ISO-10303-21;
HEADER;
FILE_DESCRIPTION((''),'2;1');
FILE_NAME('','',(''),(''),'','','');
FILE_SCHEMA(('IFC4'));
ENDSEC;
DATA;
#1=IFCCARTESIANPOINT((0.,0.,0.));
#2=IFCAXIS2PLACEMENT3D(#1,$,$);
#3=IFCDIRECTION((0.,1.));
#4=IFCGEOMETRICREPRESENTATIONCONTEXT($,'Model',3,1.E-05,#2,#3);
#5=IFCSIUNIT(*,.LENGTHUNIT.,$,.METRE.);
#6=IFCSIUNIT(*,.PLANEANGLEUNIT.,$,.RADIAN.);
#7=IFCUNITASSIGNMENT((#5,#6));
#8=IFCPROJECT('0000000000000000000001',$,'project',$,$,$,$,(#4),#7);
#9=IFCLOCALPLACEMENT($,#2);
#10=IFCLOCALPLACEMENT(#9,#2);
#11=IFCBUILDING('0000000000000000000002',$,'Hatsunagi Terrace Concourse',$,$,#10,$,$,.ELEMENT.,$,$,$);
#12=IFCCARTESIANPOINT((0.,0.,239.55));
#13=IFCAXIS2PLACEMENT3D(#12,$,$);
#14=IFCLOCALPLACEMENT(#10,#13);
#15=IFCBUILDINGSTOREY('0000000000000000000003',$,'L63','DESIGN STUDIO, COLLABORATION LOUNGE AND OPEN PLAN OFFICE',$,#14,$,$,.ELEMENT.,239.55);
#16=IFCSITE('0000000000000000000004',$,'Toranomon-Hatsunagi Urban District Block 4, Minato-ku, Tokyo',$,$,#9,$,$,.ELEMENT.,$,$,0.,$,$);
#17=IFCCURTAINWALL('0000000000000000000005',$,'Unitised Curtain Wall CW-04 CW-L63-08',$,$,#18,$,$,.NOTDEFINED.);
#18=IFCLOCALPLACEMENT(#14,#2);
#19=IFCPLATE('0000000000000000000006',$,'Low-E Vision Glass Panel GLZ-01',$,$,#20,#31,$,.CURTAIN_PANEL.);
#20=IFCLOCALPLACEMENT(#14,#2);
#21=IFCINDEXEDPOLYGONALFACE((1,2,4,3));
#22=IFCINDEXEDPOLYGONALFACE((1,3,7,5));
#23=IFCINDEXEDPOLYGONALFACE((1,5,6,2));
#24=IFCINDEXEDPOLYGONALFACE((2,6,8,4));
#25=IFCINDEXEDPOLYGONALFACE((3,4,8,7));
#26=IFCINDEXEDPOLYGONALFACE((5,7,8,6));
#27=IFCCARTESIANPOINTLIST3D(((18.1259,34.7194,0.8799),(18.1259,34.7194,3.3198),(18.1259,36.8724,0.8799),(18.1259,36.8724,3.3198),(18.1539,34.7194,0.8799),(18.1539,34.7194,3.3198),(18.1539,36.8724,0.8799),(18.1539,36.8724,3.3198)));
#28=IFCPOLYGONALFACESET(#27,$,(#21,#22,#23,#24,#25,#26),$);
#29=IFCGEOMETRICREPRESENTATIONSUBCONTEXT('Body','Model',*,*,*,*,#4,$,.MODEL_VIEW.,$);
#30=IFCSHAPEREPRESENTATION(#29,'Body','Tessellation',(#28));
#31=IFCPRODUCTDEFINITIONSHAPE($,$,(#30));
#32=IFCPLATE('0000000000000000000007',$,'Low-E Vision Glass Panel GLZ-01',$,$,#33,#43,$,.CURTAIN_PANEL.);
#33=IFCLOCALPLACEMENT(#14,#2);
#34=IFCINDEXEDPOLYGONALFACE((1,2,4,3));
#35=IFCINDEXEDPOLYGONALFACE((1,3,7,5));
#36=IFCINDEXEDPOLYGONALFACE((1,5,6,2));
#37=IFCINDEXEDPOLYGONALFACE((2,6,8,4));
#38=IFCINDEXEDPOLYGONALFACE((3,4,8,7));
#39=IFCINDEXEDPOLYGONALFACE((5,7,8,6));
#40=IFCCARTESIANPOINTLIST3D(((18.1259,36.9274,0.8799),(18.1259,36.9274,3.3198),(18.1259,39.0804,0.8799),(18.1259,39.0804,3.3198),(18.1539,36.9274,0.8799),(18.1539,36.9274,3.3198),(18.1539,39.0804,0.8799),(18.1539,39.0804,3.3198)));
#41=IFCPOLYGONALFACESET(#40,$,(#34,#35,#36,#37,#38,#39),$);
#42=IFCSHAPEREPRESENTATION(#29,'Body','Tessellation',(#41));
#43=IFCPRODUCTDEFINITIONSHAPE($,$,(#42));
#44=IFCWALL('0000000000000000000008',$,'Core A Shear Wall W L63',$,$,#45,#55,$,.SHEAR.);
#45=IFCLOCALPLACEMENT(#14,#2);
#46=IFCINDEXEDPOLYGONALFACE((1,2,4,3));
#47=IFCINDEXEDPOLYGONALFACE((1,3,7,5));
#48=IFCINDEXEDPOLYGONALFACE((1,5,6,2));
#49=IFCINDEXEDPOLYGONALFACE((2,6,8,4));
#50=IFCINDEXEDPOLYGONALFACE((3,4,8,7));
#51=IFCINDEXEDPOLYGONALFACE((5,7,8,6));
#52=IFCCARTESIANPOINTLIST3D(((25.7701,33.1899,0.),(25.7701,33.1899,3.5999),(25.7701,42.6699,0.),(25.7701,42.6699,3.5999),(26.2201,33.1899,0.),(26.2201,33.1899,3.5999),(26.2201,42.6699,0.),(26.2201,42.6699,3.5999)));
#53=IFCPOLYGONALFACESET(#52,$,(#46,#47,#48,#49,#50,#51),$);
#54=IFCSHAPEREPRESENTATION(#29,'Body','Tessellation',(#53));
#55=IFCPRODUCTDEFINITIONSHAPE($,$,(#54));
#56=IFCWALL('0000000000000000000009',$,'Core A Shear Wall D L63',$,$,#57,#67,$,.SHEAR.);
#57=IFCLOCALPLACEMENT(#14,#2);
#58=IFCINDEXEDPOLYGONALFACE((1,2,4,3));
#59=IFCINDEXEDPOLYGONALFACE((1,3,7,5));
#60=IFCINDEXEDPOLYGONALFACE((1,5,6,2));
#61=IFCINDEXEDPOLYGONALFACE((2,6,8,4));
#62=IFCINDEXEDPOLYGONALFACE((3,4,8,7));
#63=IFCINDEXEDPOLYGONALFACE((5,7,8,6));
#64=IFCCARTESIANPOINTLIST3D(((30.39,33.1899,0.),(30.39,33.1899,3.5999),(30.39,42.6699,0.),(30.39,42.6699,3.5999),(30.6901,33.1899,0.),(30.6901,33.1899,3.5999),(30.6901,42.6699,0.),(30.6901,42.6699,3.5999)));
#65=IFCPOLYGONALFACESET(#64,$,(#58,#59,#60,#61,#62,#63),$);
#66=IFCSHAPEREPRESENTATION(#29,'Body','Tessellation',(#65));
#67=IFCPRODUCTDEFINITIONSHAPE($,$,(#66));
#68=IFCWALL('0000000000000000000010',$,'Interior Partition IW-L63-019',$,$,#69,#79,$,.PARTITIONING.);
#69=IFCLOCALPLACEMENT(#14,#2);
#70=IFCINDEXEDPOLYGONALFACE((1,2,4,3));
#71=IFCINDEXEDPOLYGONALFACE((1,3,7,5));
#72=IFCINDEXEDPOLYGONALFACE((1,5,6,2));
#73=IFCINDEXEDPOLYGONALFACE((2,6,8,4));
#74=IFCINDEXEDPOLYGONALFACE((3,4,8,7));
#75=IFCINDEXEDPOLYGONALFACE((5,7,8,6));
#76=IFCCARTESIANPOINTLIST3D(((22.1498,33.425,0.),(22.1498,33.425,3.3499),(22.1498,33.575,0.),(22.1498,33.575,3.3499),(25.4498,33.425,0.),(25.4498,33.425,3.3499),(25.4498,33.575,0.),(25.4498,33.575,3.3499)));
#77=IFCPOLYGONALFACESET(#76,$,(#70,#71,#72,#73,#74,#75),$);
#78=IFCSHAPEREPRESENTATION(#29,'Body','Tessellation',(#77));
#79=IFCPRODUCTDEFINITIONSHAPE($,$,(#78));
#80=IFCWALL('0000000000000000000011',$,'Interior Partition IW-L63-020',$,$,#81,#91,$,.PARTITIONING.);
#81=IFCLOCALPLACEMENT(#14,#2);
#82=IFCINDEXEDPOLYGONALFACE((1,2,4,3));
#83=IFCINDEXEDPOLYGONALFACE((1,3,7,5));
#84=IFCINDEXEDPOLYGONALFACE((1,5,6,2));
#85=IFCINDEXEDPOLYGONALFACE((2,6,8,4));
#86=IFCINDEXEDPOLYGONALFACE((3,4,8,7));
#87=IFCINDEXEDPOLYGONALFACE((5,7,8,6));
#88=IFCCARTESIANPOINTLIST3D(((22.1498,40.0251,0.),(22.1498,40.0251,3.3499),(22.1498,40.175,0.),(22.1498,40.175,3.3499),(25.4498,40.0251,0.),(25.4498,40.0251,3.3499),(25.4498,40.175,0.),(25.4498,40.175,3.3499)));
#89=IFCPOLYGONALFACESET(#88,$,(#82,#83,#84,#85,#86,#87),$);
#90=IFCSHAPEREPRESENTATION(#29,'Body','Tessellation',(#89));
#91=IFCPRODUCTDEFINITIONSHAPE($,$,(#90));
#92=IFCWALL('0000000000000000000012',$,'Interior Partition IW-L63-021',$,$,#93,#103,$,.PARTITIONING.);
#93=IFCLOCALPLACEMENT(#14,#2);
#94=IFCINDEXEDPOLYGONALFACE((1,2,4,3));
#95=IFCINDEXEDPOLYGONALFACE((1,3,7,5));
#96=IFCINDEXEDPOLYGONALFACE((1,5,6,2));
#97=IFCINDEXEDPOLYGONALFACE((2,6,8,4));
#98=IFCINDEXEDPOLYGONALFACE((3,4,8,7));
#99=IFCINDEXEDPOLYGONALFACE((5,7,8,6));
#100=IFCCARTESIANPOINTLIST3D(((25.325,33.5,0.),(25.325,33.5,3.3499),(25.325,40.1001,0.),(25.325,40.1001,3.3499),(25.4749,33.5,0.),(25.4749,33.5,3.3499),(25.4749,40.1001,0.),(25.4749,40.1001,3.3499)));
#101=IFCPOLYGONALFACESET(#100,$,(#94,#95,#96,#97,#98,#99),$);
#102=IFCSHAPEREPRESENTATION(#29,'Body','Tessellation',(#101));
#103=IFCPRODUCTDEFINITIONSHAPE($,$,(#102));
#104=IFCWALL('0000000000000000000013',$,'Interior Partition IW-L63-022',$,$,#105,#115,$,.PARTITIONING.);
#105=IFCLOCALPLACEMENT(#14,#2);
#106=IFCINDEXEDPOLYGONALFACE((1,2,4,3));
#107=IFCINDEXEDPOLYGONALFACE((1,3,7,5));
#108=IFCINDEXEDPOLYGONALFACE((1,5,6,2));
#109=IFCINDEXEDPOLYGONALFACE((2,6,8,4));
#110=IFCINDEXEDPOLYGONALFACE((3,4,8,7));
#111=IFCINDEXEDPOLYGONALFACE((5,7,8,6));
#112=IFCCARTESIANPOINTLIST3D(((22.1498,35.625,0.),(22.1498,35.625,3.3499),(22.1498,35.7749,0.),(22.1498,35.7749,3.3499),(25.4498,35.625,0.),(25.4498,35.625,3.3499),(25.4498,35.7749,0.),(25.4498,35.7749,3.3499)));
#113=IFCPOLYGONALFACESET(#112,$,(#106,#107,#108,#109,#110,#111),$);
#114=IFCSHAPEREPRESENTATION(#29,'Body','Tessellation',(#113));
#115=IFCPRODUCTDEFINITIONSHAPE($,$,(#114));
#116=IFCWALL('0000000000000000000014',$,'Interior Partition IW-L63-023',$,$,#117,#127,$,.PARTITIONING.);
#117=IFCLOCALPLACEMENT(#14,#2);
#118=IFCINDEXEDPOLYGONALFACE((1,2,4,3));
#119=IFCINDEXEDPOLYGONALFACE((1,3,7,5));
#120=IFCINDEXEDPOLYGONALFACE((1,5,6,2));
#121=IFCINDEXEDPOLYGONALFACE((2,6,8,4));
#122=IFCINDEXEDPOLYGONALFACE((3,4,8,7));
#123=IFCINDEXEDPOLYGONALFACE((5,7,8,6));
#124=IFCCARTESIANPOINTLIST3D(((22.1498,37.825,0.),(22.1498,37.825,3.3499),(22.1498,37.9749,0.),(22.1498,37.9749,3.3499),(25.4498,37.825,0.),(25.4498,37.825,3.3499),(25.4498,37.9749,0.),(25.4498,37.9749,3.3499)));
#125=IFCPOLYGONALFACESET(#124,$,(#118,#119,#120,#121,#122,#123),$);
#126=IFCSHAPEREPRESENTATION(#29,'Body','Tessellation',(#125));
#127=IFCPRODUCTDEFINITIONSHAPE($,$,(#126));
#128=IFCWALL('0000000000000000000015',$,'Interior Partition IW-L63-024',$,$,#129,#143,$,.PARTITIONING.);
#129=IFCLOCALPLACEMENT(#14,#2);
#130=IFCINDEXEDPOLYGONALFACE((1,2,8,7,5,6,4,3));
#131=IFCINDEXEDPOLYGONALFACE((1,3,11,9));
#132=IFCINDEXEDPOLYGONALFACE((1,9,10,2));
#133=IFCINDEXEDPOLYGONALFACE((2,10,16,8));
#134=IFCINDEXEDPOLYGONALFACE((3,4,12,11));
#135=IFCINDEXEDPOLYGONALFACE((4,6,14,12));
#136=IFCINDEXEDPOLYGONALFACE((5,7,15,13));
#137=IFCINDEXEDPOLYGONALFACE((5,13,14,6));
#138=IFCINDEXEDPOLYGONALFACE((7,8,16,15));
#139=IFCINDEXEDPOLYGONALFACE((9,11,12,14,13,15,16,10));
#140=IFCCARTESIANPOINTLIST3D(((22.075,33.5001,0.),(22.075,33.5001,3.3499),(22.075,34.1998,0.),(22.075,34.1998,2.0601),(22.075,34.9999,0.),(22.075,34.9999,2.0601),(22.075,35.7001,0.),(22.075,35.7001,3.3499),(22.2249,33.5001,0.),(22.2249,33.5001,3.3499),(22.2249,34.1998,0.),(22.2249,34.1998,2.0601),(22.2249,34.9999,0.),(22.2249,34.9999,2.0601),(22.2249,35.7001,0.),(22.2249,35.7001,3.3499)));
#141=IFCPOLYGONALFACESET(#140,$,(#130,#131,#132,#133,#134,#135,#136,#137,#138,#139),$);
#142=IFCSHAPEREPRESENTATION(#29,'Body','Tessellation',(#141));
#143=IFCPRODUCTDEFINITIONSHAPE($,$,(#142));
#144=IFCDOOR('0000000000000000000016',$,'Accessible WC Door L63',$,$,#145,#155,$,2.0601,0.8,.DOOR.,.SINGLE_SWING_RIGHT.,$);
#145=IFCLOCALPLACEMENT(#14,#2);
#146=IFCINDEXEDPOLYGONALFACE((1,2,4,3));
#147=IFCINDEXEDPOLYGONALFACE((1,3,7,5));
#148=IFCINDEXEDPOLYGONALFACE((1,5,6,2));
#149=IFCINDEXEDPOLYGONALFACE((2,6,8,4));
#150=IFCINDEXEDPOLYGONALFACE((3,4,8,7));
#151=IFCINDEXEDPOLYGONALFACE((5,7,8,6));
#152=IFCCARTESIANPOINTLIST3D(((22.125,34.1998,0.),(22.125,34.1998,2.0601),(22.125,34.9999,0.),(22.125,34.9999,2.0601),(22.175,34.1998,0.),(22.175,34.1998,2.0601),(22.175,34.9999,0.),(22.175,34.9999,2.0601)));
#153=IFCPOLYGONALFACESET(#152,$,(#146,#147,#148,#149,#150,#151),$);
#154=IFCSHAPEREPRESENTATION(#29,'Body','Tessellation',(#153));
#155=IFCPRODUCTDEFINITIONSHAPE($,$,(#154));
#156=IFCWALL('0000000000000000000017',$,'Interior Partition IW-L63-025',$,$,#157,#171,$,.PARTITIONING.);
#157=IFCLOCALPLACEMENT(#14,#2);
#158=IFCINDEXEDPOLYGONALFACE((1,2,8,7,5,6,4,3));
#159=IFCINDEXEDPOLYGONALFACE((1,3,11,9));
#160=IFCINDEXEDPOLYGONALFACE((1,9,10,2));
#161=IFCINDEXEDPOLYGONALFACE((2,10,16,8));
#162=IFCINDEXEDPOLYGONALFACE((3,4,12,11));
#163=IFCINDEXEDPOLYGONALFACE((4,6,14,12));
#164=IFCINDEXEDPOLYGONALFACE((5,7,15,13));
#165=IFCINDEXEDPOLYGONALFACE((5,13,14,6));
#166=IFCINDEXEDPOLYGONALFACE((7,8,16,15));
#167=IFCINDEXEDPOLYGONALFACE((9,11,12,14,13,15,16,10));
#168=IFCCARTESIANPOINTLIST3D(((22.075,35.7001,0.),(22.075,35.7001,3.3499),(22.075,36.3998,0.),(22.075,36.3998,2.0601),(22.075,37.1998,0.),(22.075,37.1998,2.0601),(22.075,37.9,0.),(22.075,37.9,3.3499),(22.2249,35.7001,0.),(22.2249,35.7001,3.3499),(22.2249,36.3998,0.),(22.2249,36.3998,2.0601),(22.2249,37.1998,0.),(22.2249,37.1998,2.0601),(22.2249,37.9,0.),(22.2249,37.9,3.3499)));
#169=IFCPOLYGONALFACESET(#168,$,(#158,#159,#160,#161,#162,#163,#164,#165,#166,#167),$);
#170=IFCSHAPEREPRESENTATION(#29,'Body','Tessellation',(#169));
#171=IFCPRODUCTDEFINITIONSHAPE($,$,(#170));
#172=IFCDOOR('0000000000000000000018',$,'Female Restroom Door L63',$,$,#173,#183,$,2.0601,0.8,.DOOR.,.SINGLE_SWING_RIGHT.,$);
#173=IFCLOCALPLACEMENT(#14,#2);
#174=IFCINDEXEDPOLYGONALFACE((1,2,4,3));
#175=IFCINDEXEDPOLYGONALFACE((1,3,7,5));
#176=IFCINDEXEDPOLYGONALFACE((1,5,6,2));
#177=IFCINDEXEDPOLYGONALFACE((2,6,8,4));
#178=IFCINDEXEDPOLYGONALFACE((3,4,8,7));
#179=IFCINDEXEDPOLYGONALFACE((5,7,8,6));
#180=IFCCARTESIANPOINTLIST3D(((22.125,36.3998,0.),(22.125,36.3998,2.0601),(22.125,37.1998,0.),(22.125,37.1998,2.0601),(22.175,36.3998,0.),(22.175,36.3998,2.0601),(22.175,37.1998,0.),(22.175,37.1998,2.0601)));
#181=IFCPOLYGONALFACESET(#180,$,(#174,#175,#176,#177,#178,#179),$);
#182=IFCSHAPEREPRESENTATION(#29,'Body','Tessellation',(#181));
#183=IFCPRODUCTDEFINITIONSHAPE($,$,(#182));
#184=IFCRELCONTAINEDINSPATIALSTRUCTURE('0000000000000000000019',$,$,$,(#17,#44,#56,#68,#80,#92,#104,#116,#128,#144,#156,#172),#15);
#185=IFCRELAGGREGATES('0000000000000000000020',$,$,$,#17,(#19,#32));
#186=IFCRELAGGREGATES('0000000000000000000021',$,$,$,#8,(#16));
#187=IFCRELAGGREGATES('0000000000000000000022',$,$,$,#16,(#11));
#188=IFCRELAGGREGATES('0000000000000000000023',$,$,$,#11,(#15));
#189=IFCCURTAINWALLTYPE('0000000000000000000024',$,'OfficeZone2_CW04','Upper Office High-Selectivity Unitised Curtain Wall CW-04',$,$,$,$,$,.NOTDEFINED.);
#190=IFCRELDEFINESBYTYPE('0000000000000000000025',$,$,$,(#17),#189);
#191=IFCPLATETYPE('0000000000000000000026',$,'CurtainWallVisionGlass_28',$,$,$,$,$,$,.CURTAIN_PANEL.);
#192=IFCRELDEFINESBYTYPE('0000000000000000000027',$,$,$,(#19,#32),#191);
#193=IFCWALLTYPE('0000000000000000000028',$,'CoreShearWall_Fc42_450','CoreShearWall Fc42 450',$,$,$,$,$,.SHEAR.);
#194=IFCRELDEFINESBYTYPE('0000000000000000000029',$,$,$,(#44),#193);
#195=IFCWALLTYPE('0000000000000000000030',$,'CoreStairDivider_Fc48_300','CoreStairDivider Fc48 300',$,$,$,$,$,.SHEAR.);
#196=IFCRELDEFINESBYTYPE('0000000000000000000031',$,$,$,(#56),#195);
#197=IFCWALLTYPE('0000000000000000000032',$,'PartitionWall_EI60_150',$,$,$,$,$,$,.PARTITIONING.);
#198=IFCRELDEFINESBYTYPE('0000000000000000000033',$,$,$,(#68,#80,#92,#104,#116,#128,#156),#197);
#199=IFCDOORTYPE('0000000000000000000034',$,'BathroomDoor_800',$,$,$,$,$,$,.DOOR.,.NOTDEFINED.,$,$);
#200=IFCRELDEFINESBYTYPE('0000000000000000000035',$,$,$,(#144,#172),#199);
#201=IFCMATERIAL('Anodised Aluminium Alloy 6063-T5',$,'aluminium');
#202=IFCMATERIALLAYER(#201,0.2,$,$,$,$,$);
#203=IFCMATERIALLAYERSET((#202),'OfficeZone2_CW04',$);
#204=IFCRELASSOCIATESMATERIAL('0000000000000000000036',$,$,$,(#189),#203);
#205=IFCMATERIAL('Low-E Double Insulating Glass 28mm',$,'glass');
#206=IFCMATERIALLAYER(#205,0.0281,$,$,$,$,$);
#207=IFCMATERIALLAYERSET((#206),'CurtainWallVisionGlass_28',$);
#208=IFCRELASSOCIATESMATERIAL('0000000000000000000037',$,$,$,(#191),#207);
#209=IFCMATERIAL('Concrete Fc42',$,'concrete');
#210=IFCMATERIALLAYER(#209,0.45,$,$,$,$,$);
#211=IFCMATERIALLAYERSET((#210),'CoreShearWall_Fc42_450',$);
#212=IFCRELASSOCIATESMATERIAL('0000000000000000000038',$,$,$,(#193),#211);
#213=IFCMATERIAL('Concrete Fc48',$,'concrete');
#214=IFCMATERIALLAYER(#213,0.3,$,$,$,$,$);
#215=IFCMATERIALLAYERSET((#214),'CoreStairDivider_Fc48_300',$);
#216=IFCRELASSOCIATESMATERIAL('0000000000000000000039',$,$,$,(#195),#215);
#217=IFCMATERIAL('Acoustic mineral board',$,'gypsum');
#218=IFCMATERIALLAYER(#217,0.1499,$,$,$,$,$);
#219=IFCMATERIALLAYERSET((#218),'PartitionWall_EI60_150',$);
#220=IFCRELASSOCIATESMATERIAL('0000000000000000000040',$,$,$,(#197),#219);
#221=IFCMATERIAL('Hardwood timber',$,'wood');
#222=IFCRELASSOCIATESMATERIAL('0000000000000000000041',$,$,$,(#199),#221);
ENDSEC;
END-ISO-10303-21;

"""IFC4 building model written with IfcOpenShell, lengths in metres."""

from ifc_helpers import new_model, si_unit, direction, frame, frame_2d, origin, origin_2d, place, context, subcontext, project, spatial, rectangle, extrude, material, layer, layer_set, type_object, element, fill, aggregate, save


model = new_model("IFC4")

# Units and contexts
model_context = context("Model", 3, precision=1e-05, world=origin(), true_north=direction((0.0, 1.0)))
body_context = subcontext(model_context, "Body", "Model", "MODEL_VIEW")
ifc_project = project(units=[si_unit("LENGTHUNIT", "METRE"), si_unit("PLANEANGLEUNIT", "RADIAN")], contexts=[model_context])

# Site, building, storey
site_placement = place(None, origin())
site = spatial("IfcSite", under=ifc_project, at=site_placement, Name="Toranomon-Hatsunagi Urban District Block 4, Minato-ku, Tokyo", CompositionType="ELEMENT", RefElevation=0.0)
building_placement = place(site_placement, origin())
building = spatial("IfcBuilding", under=site, at=building_placement, Name="Hatsunagi Terrace Concourse", CompositionType="ELEMENT")
storey_placement = place(building_placement, frame((0.0, 0.0, 239.55)))
storey = spatial("IfcBuildingStorey", under=building, at=storey_placement, Name="L63", Description="DESIGN STUDIO, COLLABORATION LOUNGE AND OPEN PLAN OFFICE", CompositionType="ELEMENT", Elevation=239.55)

# Curtain wall
ifc_material_1 = material(Name="Anodised Aluminium Alloy 6063-T5", Category="aluminium")
ifc_layer_1 = layer(ifc_material_1, 0.2)
ifc_layer_set_1 = layer_set([ifc_layer_1], Name="OfficeZone2_CW04")
curtain_wall_type = type_object("IfcCurtainWallType", Name="OfficeZone2_CW04", Description="Upper Office High-Selectivity Unitised Curtain Wall CW-04", PredefinedType="NOTDEFINED", material=ifc_layer_set_1)
curtain_wall_placement = place(storey_placement, origin())
curtain_wall = element("IfcCurtainWall", 1, at=curtain_wall_placement, inside=storey, type_object=curtain_wall_type, Name="Unitised Curtain Wall CW-04 CW-L63-08", PredefinedType="NOTDEFINED")

# Plates
ifc_material_2 = material(Name="Low-E Double Insulating Glass 28mm", Category="glass")
ifc_layer_2 = layer(ifc_material_2, 0.0281)
ifc_layer_set_2 = layer_set([ifc_layer_2], Name="CurtainWallVisionGlass_28")
plate_type_1 = type_object("IfcPlateType", Name="CurtainWallVisionGlass_28", PredefinedType="CURTAIN_PANEL", material=ifc_layer_set_2)
plate_1_placement = place(storey_placement, frame((18.1399, 35.7959, 0.8799), z_axis=(0.0, 0.0, 1.0), x_axis=(0.0, 1.0, 0.0)))
plate_1 = element("IfcPlate", 2, at=plate_1_placement, type_object=plate_type_1, Name="Low-E Vision Glass Panel GLZ-01", PredefinedType="CURTAIN_PANEL", context=body_context, shape_type="SweptSolid", body=[
    extrude(rectangle(XDim=2.1531, YDim=0.0281, at=origin_2d()), origin(), (0.0, 0.0, 1.0), 2.4399),
])
plate_2_placement = place(storey_placement, frame((18.1399, 38.0039, 0.8799), z_axis=(0.0, 0.0, 1.0), x_axis=(0.0, 1.0, 0.0)))
plate_2 = element("IfcPlate", 3, at=plate_2_placement, type_object=plate_type_1, Name="Low-E Vision Glass Panel GLZ-01", PredefinedType="CURTAIN_PANEL", context=body_context, shape_type="SweptSolid", body=[
    extrude(rectangle(XDim=2.1531, YDim=0.0281, at=origin_2d()), origin(), (0.0, 0.0, 1.0), 2.4399),
])
aggregate(curtain_wall, [plate_1, plate_2])

# Walls
ifc_material_3 = material(Name="Concrete Fc42", Category="concrete")
ifc_layer_3 = layer(ifc_material_3, 0.45)
ifc_layer_set_3 = layer_set([ifc_layer_3], Name="CoreShearWall_Fc42_450")
wall_type_1 = type_object("IfcWallType", Name="CoreShearWall_Fc42_450", Description="CoreShearWall Fc42 450", PredefinedType="SHEAR", material=ifc_layer_set_3)
wall_1_placement = place(storey_placement, frame((25.9951, 33.1899, 0.0), z_axis=(0.0, 0.0, 1.0), x_axis=(0.0, 1.0, 0.0)))
element("IfcWall", 4, at=wall_1_placement, inside=storey, type_object=wall_type_1, Name="Core A Shear Wall W L63", PredefinedType="SHEAR", context=body_context, shape_type="SweptSolid", body=[
    extrude(rectangle(XDim=9.48, YDim=0.45, at=frame_2d((4.74, 0.0))), origin(), (0.0, 0.0, 1.0), 3.5999),
])
ifc_material_4 = material(Name="Concrete Fc48", Category="concrete")
ifc_layer_4 = layer(ifc_material_4, 0.3)
ifc_layer_set_4 = layer_set([ifc_layer_4], Name="CoreStairDivider_Fc48_300")
wall_type_2 = type_object("IfcWallType", Name="CoreStairDivider_Fc48_300", Description="CoreStairDivider Fc48 300", PredefinedType="SHEAR", material=ifc_layer_set_4)
wall_2_placement = place(storey_placement, frame((30.54, 33.1899, 0.0), z_axis=(0.0, 0.0, 1.0), x_axis=(0.0, 1.0, 0.0)))
element("IfcWall", 5, at=wall_2_placement, inside=storey, type_object=wall_type_2, Name="Core A Shear Wall D L63", PredefinedType="SHEAR", context=body_context, shape_type="SweptSolid", body=[
    extrude(rectangle(XDim=9.48, YDim=0.3, at=frame_2d((4.74, 0.0))), origin(), (0.0, 0.0, 1.0), 3.5999),
])
ifc_material_5 = material(Name="Acoustic mineral board", Category="gypsum")
ifc_layer_5 = layer(ifc_material_5, 0.1499)
ifc_layer_set_5 = layer_set([ifc_layer_5], Name="PartitionWall_EI60_150")
wall_type_3 = type_object("IfcWallType", Name="PartitionWall_EI60_150", PredefinedType="PARTITIONING", material=ifc_layer_set_5)
for number, where, z_axis, x_axis, name in (
    (6, (22.1499, 33.5, 0.0), (0.0, 0.0, 1.0), (1.0, 0.0, 0.0), "Interior Partition IW-L63-019"),
    (7, (22.1499, 40.1001, 0.0), (0.0, 0.0, 1.0), (1.0, 0.0, 0.0), "Interior Partition IW-L63-020"),
):
    element("IfcWall", number, at=place(storey_placement, frame(where, z_axis=z_axis, x_axis=x_axis)), inside=storey, type_object=wall_type_3, Name=name, PredefinedType="PARTITIONING", context=body_context, shape_type="SweptSolid", body=[
        extrude(rectangle(XDim=3.3, YDim=0.1499, at=frame_2d((1.6499, 0.0))), origin(), (0.0, 0.0, 1.0), 3.3499),
    ])
wall_3_placement = place(storey_placement, frame((25.3999, 33.5, 0.0), z_axis=(0.0, 0.0, 1.0), x_axis=(0.0, 1.0, 0.0)))
element("IfcWall", 8, at=wall_3_placement, inside=storey, type_object=wall_type_3, Name="Interior Partition IW-L63-021", PredefinedType="PARTITIONING", context=body_context, shape_type="SweptSolid", body=[
    extrude(rectangle(XDim=6.6001, YDim=0.1499, at=frame_2d((3.3, 0.0))), origin(), (0.0, 0.0, 1.0), 3.3499),
])
for number, where, z_axis, x_axis, name in (
    (9, (22.1499, 35.7, 0.0), (0.0, 0.0, 1.0), (1.0, 0.0, 0.0), "Interior Partition IW-L63-022"),
    (10, (22.1499, 37.8999, 0.0), (0.0, 0.0, 1.0), (1.0, 0.0, 0.0), "Interior Partition IW-L63-023"),
):
    element("IfcWall", number, at=place(storey_placement, frame(where, z_axis=z_axis, x_axis=x_axis)), inside=storey, type_object=wall_type_3, Name=name, PredefinedType="PARTITIONING", context=body_context, shape_type="SweptSolid", body=[
        extrude(rectangle(XDim=3.3, YDim=0.1499, at=frame_2d((1.6499, 0.0))), origin(), (0.0, 0.0, 1.0), 3.3499),
    ])

# Walls, openings, doors
wall_4_placement = place(storey_placement, frame((22.1499, 33.5, 0.0), z_axis=(0.0, 0.0, 1.0), x_axis=(0.0, 1.0, 0.0)))
wall_4 = element("IfcWall", 11, at=wall_4_placement, inside=storey, type_object=wall_type_3, Name="Interior Partition IW-L63-024", PredefinedType="PARTITIONING", context=body_context, shape_type="SweptSolid", body=[
    extrude(rectangle(XDim=2.2, YDim=0.1499, at=frame_2d((1.1001, 0.0))), origin(), (0.0, 0.0, 1.0), 3.3499),
])
opening_1_placement = place(wall_4_placement, frame((0.7, 0.0, 0.0)))
opening_1 = element("IfcOpeningElement", 12, at=opening_1_placement, cuts=wall_4, PredefinedType="OPENING", context=body_context, shape_type="SweptSolid", body=[
    extrude(rectangle(XDim=0.8, YDim=2.0601, at=frame_2d((0.3999, 1.03))), frame((0.0, 0.085, 0.0), z_axis=(0.0, -1.0, 0.0), x_axis=(1.0, 0.0, 0.0)), (0.0, 0.0, 1.0), 0.1699),
])
ifc_material_6 = material(Name="Hardwood timber", Category="wood")
door_type = type_object("IfcDoorType", Name="BathroomDoor_800", OperationType="NOTDEFINED", PredefinedType="DOOR", material=ifc_material_6)
door_1_placement = place(opening_1_placement, origin())
door_1 = element("IfcDoor", 13, at=door_1_placement, inside=storey, type_object=door_type, Name="Accessible WC Door L63", OperationType="SINGLE_SWING_RIGHT", OverallHeight=2.0601, OverallWidth=0.8, PredefinedType="DOOR", context=body_context, shape_type="SweptSolid", body=[
    extrude(rectangle(XDim=0.8, YDim=2.0601, at=frame_2d((0.3999, 1.03))), frame((0.0, 0.0249, 0.0), z_axis=(0.0, -1.0, 0.0), x_axis=(1.0, 0.0, 0.0)), (0.0, 0.0, 1.0), 0.05),
])
fill(opening_1, door_1)
wall_5_placement = place(storey_placement, frame((22.1499, 35.7, 0.0), z_axis=(0.0, 0.0, 1.0), x_axis=(0.0, 1.0, 0.0)))
wall_5 = element("IfcWall", 14, at=wall_5_placement, inside=storey, type_object=wall_type_3, Name="Interior Partition IW-L63-025", PredefinedType="PARTITIONING", context=body_context, shape_type="SweptSolid", body=[
    extrude(rectangle(XDim=2.2, YDim=0.1499, at=frame_2d((1.1001, 0.0))), origin(), (0.0, 0.0, 1.0), 3.3499),
])
opening_2_placement = place(wall_5_placement, frame((0.7, 0.0, 0.0)))
opening_2 = element("IfcOpeningElement", 15, at=opening_2_placement, cuts=wall_5, PredefinedType="OPENING", context=body_context, shape_type="SweptSolid", body=[
    extrude(rectangle(XDim=0.8, YDim=2.0601, at=frame_2d((0.3999, 1.03))), frame((0.0, 0.085, 0.0), z_axis=(0.0, -1.0, 0.0), x_axis=(1.0, 0.0, 0.0)), (0.0, 0.0, 1.0), 0.1699),
])
door_2_placement = place(opening_2_placement, origin())
door_2 = element("IfcDoor", 16, at=door_2_placement, inside=storey, type_object=door_type, Name="Female Restroom Door L63", OperationType="SINGLE_SWING_RIGHT", OverallHeight=2.0601, OverallWidth=0.8, PredefinedType="DOOR", context=body_context, shape_type="SweptSolid", body=[
    extrude(rectangle(XDim=0.8, YDim=2.0601, at=frame_2d((0.3999, 1.03))), frame((0.0, 0.0249, 0.0), z_axis=(0.0, -1.0, 0.0), x_axis=(1.0, 0.0, 0.0)), (0.0, 0.0, 1.0), 0.05),
])
fill(opening_2, door_2)

save(model, "model.ifc")
